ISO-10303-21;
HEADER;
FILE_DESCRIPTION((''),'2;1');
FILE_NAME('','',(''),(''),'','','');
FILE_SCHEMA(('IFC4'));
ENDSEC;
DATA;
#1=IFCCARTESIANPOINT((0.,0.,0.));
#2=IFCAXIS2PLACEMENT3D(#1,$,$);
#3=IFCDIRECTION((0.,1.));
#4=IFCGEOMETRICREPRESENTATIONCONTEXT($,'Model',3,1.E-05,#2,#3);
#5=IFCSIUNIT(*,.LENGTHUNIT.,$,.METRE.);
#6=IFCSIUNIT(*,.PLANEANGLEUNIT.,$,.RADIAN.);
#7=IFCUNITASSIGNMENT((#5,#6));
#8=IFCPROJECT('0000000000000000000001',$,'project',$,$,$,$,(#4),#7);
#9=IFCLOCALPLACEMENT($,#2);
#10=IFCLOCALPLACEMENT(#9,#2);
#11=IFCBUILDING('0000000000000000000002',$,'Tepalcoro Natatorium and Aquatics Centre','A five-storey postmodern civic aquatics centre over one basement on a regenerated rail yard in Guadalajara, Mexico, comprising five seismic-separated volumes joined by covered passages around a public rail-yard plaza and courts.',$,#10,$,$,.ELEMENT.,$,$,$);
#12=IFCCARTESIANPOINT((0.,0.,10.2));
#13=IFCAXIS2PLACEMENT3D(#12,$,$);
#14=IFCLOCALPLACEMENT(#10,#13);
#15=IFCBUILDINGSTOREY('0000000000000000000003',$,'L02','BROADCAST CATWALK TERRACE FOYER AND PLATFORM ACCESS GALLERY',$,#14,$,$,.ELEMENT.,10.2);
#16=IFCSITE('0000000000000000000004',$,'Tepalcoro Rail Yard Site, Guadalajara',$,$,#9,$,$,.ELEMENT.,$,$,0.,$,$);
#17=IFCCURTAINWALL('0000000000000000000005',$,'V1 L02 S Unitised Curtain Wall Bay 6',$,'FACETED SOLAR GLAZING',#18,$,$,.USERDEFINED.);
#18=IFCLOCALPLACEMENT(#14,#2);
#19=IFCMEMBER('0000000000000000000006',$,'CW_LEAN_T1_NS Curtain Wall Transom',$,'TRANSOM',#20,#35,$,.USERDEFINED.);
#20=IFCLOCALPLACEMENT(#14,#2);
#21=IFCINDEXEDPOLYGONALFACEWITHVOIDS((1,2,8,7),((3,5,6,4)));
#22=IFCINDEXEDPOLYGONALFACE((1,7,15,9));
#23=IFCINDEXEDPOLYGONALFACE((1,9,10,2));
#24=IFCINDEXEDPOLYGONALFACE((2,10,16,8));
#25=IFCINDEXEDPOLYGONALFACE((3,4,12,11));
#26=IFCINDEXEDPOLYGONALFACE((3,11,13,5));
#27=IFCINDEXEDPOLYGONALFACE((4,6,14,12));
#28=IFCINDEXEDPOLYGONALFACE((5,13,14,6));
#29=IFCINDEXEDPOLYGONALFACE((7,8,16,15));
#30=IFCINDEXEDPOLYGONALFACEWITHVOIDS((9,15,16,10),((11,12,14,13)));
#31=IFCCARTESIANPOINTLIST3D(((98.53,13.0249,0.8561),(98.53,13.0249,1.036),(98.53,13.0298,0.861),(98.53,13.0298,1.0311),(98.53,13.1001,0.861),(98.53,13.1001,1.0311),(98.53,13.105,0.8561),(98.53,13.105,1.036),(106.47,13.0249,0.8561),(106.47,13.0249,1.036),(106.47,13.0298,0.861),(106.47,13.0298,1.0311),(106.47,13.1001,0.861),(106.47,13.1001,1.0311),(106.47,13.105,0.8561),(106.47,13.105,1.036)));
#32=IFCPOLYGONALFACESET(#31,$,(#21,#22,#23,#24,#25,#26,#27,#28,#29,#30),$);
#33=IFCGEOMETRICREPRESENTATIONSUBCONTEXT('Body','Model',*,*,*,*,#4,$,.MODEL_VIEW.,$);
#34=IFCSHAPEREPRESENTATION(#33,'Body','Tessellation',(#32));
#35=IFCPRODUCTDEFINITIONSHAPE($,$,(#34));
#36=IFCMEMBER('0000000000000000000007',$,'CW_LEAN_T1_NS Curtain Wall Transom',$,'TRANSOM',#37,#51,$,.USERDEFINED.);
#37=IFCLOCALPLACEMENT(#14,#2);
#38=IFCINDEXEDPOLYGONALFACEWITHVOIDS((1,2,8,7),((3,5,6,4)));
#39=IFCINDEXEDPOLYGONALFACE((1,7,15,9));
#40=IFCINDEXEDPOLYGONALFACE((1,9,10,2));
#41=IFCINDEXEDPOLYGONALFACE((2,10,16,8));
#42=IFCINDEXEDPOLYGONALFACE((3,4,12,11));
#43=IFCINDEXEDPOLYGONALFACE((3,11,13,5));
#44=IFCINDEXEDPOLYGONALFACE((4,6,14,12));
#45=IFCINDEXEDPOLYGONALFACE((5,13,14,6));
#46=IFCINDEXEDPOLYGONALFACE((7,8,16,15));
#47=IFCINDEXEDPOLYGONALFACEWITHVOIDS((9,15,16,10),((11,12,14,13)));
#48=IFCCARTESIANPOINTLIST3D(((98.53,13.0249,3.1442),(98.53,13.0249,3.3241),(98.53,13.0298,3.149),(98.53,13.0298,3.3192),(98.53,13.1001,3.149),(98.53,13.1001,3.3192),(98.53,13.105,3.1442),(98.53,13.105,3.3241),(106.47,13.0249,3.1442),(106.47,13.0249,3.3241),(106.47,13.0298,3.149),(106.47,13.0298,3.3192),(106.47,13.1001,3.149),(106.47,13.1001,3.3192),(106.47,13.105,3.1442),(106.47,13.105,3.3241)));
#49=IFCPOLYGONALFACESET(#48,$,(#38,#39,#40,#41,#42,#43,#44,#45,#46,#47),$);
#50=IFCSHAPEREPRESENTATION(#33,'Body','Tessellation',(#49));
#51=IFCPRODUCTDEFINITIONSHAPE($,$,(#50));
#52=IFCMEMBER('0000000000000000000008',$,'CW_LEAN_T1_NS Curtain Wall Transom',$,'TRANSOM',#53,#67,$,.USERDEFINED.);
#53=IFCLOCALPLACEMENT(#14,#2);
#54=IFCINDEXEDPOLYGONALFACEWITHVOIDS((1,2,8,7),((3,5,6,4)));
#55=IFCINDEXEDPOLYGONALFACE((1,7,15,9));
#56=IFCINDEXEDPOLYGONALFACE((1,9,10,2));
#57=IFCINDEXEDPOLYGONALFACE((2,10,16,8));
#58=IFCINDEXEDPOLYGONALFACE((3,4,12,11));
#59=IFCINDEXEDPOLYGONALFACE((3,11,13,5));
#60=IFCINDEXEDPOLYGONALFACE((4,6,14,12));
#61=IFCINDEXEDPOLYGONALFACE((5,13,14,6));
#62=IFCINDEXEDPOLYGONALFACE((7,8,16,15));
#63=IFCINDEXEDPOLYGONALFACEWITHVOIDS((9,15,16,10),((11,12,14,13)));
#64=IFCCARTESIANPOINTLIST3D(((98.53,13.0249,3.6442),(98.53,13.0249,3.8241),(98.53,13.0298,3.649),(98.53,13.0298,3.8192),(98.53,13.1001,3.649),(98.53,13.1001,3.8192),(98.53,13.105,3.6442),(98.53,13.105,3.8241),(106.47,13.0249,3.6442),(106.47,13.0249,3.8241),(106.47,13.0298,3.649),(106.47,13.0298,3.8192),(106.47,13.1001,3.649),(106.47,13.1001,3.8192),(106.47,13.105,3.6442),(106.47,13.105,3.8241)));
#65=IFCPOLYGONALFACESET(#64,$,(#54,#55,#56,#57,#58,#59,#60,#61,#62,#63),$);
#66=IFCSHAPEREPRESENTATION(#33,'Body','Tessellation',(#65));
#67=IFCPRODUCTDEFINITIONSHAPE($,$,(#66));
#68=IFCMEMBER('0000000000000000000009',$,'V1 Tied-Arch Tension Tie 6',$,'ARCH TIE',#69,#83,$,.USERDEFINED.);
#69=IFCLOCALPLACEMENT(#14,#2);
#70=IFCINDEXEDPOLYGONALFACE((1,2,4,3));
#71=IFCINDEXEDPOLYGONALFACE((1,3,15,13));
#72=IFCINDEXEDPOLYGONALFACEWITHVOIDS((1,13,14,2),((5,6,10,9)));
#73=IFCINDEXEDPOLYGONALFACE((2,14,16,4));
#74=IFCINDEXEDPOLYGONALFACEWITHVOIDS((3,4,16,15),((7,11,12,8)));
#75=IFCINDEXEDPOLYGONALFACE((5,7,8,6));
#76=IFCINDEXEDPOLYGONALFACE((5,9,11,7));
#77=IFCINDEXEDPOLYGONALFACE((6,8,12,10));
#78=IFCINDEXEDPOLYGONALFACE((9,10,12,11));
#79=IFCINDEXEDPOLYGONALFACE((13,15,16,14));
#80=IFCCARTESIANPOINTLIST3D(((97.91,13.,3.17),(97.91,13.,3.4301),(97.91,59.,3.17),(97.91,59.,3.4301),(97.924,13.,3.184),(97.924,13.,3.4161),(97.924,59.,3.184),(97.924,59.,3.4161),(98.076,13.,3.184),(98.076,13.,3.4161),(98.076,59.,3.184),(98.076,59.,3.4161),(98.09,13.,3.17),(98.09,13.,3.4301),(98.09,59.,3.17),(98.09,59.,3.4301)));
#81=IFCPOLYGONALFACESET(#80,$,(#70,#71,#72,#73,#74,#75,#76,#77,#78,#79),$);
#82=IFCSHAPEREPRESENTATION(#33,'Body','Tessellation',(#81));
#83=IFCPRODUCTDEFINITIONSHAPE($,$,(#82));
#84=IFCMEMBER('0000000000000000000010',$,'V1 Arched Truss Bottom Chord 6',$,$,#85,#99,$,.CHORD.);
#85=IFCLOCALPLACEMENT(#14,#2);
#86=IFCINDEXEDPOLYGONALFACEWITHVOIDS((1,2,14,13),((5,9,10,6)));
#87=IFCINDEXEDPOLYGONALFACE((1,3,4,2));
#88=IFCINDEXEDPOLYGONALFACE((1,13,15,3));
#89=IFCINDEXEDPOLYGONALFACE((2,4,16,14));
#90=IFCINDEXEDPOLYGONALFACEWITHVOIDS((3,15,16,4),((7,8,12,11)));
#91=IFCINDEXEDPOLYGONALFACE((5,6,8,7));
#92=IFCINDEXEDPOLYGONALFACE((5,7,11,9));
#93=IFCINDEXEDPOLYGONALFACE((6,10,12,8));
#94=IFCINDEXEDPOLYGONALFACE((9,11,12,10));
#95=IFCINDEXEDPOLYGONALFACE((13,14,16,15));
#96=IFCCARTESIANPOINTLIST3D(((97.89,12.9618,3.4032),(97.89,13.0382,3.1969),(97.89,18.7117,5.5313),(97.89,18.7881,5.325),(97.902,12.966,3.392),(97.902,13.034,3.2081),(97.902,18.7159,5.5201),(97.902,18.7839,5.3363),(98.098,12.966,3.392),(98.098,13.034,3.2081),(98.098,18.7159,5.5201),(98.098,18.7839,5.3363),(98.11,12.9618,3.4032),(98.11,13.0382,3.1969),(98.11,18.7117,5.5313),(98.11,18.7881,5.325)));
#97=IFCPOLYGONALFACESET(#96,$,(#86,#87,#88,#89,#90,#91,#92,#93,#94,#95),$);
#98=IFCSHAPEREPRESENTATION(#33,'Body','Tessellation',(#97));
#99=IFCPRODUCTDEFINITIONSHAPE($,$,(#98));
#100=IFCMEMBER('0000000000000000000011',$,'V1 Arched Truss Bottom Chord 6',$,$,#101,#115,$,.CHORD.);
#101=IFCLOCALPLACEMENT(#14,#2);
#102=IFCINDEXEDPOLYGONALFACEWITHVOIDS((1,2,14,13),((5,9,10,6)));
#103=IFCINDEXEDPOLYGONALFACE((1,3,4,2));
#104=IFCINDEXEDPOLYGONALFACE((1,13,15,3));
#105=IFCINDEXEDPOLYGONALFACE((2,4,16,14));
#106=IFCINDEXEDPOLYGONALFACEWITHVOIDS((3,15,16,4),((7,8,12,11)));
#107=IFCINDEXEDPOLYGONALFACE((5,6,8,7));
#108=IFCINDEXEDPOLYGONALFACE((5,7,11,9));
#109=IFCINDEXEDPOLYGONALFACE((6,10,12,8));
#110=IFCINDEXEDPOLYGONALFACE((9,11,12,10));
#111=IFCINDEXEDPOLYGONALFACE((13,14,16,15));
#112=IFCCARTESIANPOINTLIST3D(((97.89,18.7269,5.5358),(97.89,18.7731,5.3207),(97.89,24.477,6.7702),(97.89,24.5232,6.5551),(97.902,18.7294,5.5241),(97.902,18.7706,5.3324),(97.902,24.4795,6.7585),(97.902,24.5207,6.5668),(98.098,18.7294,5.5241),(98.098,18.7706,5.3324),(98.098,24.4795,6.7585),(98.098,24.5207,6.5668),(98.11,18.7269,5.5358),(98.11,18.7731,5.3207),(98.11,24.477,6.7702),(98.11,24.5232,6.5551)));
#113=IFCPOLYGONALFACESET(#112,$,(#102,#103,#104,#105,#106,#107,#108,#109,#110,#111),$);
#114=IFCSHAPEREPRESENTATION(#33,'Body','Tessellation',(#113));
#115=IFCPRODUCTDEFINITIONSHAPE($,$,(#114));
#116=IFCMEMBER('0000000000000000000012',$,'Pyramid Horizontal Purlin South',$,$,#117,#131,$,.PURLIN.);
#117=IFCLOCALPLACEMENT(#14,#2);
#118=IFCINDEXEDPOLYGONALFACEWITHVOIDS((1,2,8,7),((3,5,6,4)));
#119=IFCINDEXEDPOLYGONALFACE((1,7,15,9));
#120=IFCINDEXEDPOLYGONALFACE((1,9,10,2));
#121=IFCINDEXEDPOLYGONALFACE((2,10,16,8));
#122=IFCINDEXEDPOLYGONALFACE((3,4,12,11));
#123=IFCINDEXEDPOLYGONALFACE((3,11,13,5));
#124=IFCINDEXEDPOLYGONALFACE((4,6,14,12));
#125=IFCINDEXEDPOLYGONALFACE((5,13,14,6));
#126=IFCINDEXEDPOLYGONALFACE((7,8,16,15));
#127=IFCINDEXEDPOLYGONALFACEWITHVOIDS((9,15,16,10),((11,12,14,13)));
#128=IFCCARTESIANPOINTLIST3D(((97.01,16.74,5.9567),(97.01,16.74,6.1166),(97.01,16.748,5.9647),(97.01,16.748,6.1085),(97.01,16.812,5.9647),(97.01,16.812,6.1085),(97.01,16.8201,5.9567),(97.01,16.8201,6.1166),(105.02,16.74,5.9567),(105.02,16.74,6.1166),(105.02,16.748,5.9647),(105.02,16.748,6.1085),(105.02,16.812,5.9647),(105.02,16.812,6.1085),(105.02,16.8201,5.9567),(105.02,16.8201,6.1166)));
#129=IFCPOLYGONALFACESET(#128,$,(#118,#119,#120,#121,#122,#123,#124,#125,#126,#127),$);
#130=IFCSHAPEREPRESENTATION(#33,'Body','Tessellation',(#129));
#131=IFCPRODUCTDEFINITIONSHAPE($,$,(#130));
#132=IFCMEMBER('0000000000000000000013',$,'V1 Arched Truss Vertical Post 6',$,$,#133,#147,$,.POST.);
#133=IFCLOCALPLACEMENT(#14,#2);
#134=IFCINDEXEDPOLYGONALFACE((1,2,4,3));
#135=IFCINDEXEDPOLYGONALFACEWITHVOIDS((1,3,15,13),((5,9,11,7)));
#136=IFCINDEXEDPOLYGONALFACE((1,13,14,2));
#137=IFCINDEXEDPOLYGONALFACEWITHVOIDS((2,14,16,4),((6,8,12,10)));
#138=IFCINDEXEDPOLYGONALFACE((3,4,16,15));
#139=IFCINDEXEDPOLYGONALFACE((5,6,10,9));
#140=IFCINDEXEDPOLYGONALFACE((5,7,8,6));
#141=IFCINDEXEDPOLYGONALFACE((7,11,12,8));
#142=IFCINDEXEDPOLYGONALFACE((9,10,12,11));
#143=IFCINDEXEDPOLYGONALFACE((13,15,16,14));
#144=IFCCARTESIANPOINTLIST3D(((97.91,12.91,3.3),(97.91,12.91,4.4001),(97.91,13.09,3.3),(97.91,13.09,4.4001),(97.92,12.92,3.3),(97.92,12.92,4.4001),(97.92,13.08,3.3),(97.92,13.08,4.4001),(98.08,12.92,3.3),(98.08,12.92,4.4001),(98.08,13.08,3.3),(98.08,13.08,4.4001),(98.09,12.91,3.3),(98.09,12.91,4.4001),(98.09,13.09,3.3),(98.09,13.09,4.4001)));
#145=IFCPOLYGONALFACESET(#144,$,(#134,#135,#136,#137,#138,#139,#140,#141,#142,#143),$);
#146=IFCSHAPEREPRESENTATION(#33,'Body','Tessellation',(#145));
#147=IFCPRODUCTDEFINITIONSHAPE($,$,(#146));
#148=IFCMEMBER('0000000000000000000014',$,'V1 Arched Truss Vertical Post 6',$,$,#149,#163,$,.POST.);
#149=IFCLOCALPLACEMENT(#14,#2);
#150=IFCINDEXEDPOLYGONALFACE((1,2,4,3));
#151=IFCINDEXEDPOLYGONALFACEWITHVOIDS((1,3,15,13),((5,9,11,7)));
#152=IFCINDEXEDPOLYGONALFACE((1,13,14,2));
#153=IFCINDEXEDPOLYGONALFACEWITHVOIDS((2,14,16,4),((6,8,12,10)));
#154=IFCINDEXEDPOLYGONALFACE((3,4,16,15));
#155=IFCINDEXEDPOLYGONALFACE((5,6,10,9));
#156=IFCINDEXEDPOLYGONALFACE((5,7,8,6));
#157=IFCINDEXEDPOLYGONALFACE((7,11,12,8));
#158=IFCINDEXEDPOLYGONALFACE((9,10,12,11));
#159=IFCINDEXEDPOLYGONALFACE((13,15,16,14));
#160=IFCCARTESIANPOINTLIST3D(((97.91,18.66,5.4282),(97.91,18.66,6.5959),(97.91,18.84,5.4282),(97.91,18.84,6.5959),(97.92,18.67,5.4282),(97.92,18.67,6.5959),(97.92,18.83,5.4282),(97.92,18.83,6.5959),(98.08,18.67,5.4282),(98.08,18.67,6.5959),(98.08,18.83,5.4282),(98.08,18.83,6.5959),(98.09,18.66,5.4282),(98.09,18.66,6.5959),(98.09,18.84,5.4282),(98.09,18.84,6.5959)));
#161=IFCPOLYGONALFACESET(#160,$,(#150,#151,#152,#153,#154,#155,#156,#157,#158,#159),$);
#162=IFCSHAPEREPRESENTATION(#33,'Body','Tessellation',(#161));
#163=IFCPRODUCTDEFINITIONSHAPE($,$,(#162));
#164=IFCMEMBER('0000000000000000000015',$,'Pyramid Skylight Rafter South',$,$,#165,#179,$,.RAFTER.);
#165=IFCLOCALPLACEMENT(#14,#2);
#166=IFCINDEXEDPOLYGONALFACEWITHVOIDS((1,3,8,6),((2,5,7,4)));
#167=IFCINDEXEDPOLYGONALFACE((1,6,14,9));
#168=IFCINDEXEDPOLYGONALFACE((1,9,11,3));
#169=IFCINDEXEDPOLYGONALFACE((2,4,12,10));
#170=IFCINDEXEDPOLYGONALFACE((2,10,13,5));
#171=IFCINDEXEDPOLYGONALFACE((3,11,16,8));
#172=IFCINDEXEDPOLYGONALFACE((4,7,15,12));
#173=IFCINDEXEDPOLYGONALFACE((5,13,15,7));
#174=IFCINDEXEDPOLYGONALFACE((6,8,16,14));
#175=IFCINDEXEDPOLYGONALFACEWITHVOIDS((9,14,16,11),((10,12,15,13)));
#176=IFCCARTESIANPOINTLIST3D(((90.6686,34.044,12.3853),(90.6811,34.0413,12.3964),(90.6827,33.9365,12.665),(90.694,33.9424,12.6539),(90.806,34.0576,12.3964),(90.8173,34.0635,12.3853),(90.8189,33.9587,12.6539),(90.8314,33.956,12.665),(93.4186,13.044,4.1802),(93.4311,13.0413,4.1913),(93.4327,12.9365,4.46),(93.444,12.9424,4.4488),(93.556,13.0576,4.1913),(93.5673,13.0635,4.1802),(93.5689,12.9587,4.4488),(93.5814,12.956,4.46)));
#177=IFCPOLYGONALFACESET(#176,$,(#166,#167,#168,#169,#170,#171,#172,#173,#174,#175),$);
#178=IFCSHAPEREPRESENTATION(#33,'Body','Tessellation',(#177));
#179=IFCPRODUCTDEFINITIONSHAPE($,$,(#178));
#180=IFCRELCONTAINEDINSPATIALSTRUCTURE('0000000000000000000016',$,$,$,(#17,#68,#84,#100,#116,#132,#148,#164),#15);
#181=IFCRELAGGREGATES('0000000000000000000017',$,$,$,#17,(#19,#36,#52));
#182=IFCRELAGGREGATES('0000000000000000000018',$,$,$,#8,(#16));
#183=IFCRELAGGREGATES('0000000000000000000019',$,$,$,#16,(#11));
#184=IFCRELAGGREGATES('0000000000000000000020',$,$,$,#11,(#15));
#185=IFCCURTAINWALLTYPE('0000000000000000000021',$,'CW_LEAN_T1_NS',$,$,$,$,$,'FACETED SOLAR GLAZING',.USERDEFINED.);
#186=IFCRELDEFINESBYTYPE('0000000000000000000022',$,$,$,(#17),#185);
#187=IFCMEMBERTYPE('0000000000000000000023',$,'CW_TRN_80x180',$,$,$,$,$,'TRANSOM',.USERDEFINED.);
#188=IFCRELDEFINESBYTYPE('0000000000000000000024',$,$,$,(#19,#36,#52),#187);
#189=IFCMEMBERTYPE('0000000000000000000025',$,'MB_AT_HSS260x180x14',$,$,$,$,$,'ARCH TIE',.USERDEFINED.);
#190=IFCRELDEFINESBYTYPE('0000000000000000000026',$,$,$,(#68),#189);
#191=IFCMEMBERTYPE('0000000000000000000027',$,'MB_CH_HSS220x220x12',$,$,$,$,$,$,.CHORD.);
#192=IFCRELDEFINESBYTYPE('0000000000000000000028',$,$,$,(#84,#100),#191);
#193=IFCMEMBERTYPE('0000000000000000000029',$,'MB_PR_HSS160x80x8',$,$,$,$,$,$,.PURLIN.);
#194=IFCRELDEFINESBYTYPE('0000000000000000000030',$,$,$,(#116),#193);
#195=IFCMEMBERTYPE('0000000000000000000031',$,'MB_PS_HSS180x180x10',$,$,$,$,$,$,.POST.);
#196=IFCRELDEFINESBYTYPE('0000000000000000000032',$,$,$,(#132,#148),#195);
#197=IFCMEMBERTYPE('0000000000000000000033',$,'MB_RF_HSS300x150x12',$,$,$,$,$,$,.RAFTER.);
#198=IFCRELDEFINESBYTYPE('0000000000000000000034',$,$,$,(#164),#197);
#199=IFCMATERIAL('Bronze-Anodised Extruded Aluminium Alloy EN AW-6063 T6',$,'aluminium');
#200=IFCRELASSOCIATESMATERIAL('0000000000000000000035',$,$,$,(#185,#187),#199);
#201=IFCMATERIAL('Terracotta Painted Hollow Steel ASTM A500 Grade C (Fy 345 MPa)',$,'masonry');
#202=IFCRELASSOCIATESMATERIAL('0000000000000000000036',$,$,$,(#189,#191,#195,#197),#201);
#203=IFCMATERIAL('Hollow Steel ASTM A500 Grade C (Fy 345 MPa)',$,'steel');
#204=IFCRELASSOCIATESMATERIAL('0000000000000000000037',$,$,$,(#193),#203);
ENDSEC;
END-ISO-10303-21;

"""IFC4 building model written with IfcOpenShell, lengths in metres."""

from ifc_helpers import new_model, si_unit, direction, frame, origin, origin_2d, place, context, subcontext, project, spatial, hollow_rectangle, extrude, material, material_profile, profile_set, type_object, element, aggregate, save


model = new_model("IFC4")

# Units and contexts
model_context = context("Model", 3, precision=1e-05, world=origin(), true_north=direction((0.0, 1.0)))
body_context = subcontext(model_context, "Body", "Model", "MODEL_VIEW")
ifc_project = project(units=[si_unit("LENGTHUNIT", "METRE"), si_unit("PLANEANGLEUNIT", "RADIAN")], contexts=[model_context])

# Site, building, storey
site_placement = place(None, origin())
site = spatial("IfcSite", under=ifc_project, at=site_placement, Name="Tepalcoro Rail Yard Site, Guadalajara", CompositionType="ELEMENT", RefElevation=0.0)
building_placement = place(site_placement, origin())
building = spatial("IfcBuilding", under=site, at=building_placement, Name="Tepalcoro Natatorium and Aquatics Centre", Description="A five-storey postmodern civic aquatics centre over one basement on a regenerated rail yard in Guadalajara, Mexico, comprising five seismic-separated volumes joined by covered passages around a public rail-yard plaza and courts.", CompositionType="ELEMENT")
storey_placement = place(building_placement, frame((0.0, 0.0, 10.2)))
storey = spatial("IfcBuildingStorey", under=building, at=storey_placement, Name="L02", Description="BROADCAST CATWALK TERRACE FOYER AND PLATFORM ACCESS GALLERY", CompositionType="ELEMENT", Elevation=10.2)

# Shared definitions
ifc_material_1 = material(Name="Terracotta Painted Hollow Steel ASTM A500 Grade C (Fy 345 MPa)", Category="masonry")

# Curtain wall, members
ifc_material_2 = material(Name="Bronze-Anodised Extruded Aluminium Alloy EN AW-6063 T6", Category="aluminium")
curtain_wall_type_1 = type_object("IfcCurtainWallType", Name="CW_LEAN_T1_NS", ElementType="FACETED SOLAR GLAZING", PredefinedType="USERDEFINED", material=ifc_material_2)
curtain_wall_1_placement = place(storey_placement, origin())
curtain_wall_1 = element("IfcCurtainWall", 1, at=curtain_wall_1_placement, inside=storey, type_object=curtain_wall_type_1, Name="V1 L02 S Unitised Curtain Wall Bay 6", ObjectType="FACETED SOLAR GLAZING", PredefinedType="USERDEFINED")
ifc_material_profile_1 = material_profile(ifc_material_2, hollow_rectangle(XDim=0.0801, YDim=0.1799, WallThickness=0.0049, at=origin_2d()), Name="AL80X180X5")
ifc_profile_set_1 = profile_set([ifc_material_profile_1], Name="Bronze-Anodised Extruded Aluminium Alloy EN AW-6063 T6")
member_type_1 = type_object("IfcMemberType", Name="CW_TRN_80x180", ElementType="TRANSOM", PredefinedType="USERDEFINED", material=ifc_profile_set_1)
member_1_placement = place(storey_placement, frame((98.53, 13.0649, 0.946), z_axis=(1.0, 0.0, 0.0), x_axis=(0.0, 1.0, 0.0)))
member_1 = element("IfcMember", 2, at=member_1_placement, type_object=member_type_1, Name="CW_LEAN_T1_NS Curtain Wall Transom", ObjectType="TRANSOM", PredefinedType="USERDEFINED", context=body_context, shape_type="SweptSolid", body=[
    extrude(hollow_rectangle(XDim=0.0801, YDim=0.1799, WallThickness=0.0049, at=origin_2d()), origin(), (0.0, 0.0, 1.0), 7.9399),
])
member_2_placement = place(storey_placement, frame((98.53, 13.0649, 3.2341), z_axis=(1.0, 0.0, 0.0), x_axis=(0.0, 1.0, 0.0)))
member_2 = element("IfcMember", 3, at=member_2_placement, type_object=member_type_1, Name="CW_LEAN_T1_NS Curtain Wall Transom", ObjectType="TRANSOM", PredefinedType="USERDEFINED", context=body_context, shape_type="SweptSolid", body=[
    extrude(hollow_rectangle(XDim=0.0801, YDim=0.1799, WallThickness=0.0049, at=origin_2d()), origin(), (0.0, 0.0, 1.0), 7.9399),
])
member_3_placement = place(storey_placement, frame((98.53, 13.0649, 3.7341), z_axis=(1.0, 0.0, 0.0), x_axis=(0.0, 1.0, 0.0)))
member_3 = element("IfcMember", 4, at=member_3_placement, type_object=member_type_1, Name="CW_LEAN_T1_NS Curtain Wall Transom", ObjectType="TRANSOM", PredefinedType="USERDEFINED", context=body_context, shape_type="SweptSolid", body=[
    extrude(hollow_rectangle(XDim=0.0801, YDim=0.1799, WallThickness=0.0049, at=origin_2d()), origin(), (0.0, 0.0, 1.0), 7.9399),
])
aggregate(curtain_wall_1, [member_1, member_2, member_3])

# Members
ifc_material_profile_2 = material_profile(ifc_material_1, hollow_rectangle(XDim=0.1799, YDim=0.26, WallThickness=0.0139, at=origin_2d()), Name="HSS260X180X14")
ifc_profile_set_2 = profile_set([ifc_material_profile_2], Name="Terracotta Painted Hollow Steel ASTM A500 Grade C (Fy 345 MPa)")
member_type_2 = type_object("IfcMemberType", Name="MB_AT_HSS260x180x14", ElementType="ARCH TIE", PredefinedType="USERDEFINED", material=ifc_profile_set_2)
member_4_placement = place(storey_placement, frame((98.0, 13.0, 3.3), z_axis=(0.0, 1.0, 0.0), x_axis=(-1.0, 0.0, 0.0)))
element("IfcMember", 5, at=member_4_placement, inside=storey, type_object=member_type_2, Name="V1 Tied-Arch Tension Tie 6", ObjectType="ARCH TIE", PredefinedType="USERDEFINED", context=body_context, shape_type="SweptSolid", body=[
    extrude(hollow_rectangle(XDim=0.1799, YDim=0.26, WallThickness=0.0139, at=origin_2d()), origin(), (0.0, 0.0, 1.0), 46.0),
])
ifc_material_profile_3 = material_profile(ifc_material_1, hollow_rectangle(XDim=0.22, YDim=0.22, WallThickness=0.012, at=origin_2d()), Name="HSS220X220X12")
ifc_profile_set_3 = profile_set([ifc_material_profile_3], Name="Terracotta Painted Hollow Steel ASTM A500 Grade C (Fy 345 MPa)")
member_type_3 = type_object("IfcMemberType", Name="MB_CH_HSS220x220x12", PredefinedType="CHORD", material=ifc_profile_set_3)
member_5_placement = place(storey_placement, frame((98.0, 13.0, 3.3), z_axis=(0.0, 0.937826, 0.347106), x_axis=(-1.0, 0.0, 0.0)))
element("IfcMember", 6, at=member_5_placement, inside=storey, type_object=member_type_3, Name="V1 Arched Truss Bottom Chord 6", PredefinedType="CHORD", context=body_context, shape_type="SweptSolid", body=[
    extrude(hollow_rectangle(XDim=0.22, YDim=0.22, WallThickness=0.012, at=origin_2d()), origin(), (0.0, 0.0, 1.0), 6.1311),
])
member_6_placement = place(storey_placement, frame((98.0, 18.75, 5.4282), z_axis=(0.0, 0.977725, 0.209892), x_axis=(-1.0, 0.0, 0.0)))
element("IfcMember", 7, at=member_6_placement, inside=storey, type_object=member_type_3, Name="V1 Arched Truss Bottom Chord 6", PredefinedType="CHORD", context=body_context, shape_type="SweptSolid", body=[
    extrude(hollow_rectangle(XDim=0.22, YDim=0.22, WallThickness=0.012, at=origin_2d()), origin(), (0.0, 0.0, 1.0), 5.8811),
])
ifc_material_3 = material(Name="Hollow Steel ASTM A500 Grade C (Fy 345 MPa)", Category="steel")
ifc_material_profile_4 = material_profile(ifc_material_3, hollow_rectangle(XDim=0.0801, YDim=0.1599, WallThickness=0.0081, at=origin_2d()), Name="HSS160X80X8")
ifc_profile_set_4 = profile_set([ifc_material_profile_4], Name="Hollow Steel ASTM A500 Grade C (Fy 345 MPa)")
member_type_4 = type_object("IfcMemberType", Name="MB_PR_HSS160x80x8", PredefinedType="PURLIN", material=ifc_profile_set_4)
member_7_placement = place(storey_placement, frame((97.01, 16.78, 6.0366), z_axis=(1.0, 0.0, 0.0), x_axis=(0.0, 1.0, 0.0)))
element("IfcMember", 8, at=member_7_placement, inside=storey, type_object=member_type_4, Name="Pyramid Horizontal Purlin South", PredefinedType="PURLIN", context=body_context, shape_type="SweptSolid", body=[
    extrude(hollow_rectangle(XDim=0.0801, YDim=0.1599, WallThickness=0.0081, at=origin_2d()), origin(), (0.0, 0.0, 1.0), 8.01),
])
ifc_material_profile_5 = material_profile(ifc_material_1, hollow_rectangle(XDim=0.1799, YDim=0.1799, WallThickness=0.01, at=origin_2d()), Name="HSS180X180X10")
ifc_profile_set_5 = profile_set([ifc_material_profile_5], Name="Terracotta Painted Hollow Steel ASTM A500 Grade C (Fy 345 MPa)")
member_type_5 = type_object("IfcMemberType", Name="MB_PS_HSS180x180x10", PredefinedType="POST", material=ifc_profile_set_5)
member_8_placement = place(storey_placement, frame((98.0, 13.0, 3.3), z_axis=(0.0, 0.0, 1.0), x_axis=(1.0, 0.0, 0.0)))
element("IfcMember", 9, at=member_8_placement, inside=storey, type_object=member_type_5, Name="V1 Arched Truss Vertical Post 6", PredefinedType="POST", context=body_context, shape_type="SweptSolid", body=[
    extrude(hollow_rectangle(XDim=0.1799, YDim=0.1799, WallThickness=0.01, at=origin_2d()), origin(), (0.0, 0.0, 1.0), 1.1001),
])
member_9_placement = place(storey_placement, frame((98.0, 18.75, 5.4282), z_axis=(0.0, 0.0, 1.0), x_axis=(1.0, 0.0, 0.0)))
element("IfcMember", 10, at=member_9_placement, inside=storey, type_object=member_type_5, Name="V1 Arched Truss Vertical Post 6", PredefinedType="POST", context=body_context, shape_type="SweptSolid", body=[
    extrude(hollow_rectangle(XDim=0.1799, YDim=0.1799, WallThickness=0.01, at=origin_2d()), origin(), (0.0, 0.0, 1.0), 1.1677),
])
ifc_material_profile_6 = material_profile(ifc_material_1, hollow_rectangle(XDim=0.1499, YDim=0.3, WallThickness=0.012, at=origin_2d()), Name="HSS300X150X12")
ifc_profile_set_6 = profile_set([ifc_material_profile_6], Name="Terracotta Painted Hollow Steel ASTM A500 Grade C (Fy 345 MPa)")
member_type_6 = type_object("IfcMemberType", Name="MB_RF_HSS300x150x12", PredefinedType="RAFTER", material=ifc_profile_set_6)
member_10_placement = place(storey_placement, frame((93.5, 13.0, 4.3201), z_axis=(-0.121075, 0.924576, 0.361248), x_axis=(-0.991534, -0.129844, 0.0)))
element("IfcMember", 11, at=member_10_placement, inside=storey, type_object=member_type_6, Name="Pyramid Skylight Rafter South", PredefinedType="RAFTER", context=body_context, shape_type="SweptSolid", body=[
    extrude(hollow_rectangle(XDim=0.1499, YDim=0.3, WallThickness=0.012, at=origin_2d()), origin(), (0.0, 0.0, 1.0), 22.7131),
])

save(model, "model.ifc")
